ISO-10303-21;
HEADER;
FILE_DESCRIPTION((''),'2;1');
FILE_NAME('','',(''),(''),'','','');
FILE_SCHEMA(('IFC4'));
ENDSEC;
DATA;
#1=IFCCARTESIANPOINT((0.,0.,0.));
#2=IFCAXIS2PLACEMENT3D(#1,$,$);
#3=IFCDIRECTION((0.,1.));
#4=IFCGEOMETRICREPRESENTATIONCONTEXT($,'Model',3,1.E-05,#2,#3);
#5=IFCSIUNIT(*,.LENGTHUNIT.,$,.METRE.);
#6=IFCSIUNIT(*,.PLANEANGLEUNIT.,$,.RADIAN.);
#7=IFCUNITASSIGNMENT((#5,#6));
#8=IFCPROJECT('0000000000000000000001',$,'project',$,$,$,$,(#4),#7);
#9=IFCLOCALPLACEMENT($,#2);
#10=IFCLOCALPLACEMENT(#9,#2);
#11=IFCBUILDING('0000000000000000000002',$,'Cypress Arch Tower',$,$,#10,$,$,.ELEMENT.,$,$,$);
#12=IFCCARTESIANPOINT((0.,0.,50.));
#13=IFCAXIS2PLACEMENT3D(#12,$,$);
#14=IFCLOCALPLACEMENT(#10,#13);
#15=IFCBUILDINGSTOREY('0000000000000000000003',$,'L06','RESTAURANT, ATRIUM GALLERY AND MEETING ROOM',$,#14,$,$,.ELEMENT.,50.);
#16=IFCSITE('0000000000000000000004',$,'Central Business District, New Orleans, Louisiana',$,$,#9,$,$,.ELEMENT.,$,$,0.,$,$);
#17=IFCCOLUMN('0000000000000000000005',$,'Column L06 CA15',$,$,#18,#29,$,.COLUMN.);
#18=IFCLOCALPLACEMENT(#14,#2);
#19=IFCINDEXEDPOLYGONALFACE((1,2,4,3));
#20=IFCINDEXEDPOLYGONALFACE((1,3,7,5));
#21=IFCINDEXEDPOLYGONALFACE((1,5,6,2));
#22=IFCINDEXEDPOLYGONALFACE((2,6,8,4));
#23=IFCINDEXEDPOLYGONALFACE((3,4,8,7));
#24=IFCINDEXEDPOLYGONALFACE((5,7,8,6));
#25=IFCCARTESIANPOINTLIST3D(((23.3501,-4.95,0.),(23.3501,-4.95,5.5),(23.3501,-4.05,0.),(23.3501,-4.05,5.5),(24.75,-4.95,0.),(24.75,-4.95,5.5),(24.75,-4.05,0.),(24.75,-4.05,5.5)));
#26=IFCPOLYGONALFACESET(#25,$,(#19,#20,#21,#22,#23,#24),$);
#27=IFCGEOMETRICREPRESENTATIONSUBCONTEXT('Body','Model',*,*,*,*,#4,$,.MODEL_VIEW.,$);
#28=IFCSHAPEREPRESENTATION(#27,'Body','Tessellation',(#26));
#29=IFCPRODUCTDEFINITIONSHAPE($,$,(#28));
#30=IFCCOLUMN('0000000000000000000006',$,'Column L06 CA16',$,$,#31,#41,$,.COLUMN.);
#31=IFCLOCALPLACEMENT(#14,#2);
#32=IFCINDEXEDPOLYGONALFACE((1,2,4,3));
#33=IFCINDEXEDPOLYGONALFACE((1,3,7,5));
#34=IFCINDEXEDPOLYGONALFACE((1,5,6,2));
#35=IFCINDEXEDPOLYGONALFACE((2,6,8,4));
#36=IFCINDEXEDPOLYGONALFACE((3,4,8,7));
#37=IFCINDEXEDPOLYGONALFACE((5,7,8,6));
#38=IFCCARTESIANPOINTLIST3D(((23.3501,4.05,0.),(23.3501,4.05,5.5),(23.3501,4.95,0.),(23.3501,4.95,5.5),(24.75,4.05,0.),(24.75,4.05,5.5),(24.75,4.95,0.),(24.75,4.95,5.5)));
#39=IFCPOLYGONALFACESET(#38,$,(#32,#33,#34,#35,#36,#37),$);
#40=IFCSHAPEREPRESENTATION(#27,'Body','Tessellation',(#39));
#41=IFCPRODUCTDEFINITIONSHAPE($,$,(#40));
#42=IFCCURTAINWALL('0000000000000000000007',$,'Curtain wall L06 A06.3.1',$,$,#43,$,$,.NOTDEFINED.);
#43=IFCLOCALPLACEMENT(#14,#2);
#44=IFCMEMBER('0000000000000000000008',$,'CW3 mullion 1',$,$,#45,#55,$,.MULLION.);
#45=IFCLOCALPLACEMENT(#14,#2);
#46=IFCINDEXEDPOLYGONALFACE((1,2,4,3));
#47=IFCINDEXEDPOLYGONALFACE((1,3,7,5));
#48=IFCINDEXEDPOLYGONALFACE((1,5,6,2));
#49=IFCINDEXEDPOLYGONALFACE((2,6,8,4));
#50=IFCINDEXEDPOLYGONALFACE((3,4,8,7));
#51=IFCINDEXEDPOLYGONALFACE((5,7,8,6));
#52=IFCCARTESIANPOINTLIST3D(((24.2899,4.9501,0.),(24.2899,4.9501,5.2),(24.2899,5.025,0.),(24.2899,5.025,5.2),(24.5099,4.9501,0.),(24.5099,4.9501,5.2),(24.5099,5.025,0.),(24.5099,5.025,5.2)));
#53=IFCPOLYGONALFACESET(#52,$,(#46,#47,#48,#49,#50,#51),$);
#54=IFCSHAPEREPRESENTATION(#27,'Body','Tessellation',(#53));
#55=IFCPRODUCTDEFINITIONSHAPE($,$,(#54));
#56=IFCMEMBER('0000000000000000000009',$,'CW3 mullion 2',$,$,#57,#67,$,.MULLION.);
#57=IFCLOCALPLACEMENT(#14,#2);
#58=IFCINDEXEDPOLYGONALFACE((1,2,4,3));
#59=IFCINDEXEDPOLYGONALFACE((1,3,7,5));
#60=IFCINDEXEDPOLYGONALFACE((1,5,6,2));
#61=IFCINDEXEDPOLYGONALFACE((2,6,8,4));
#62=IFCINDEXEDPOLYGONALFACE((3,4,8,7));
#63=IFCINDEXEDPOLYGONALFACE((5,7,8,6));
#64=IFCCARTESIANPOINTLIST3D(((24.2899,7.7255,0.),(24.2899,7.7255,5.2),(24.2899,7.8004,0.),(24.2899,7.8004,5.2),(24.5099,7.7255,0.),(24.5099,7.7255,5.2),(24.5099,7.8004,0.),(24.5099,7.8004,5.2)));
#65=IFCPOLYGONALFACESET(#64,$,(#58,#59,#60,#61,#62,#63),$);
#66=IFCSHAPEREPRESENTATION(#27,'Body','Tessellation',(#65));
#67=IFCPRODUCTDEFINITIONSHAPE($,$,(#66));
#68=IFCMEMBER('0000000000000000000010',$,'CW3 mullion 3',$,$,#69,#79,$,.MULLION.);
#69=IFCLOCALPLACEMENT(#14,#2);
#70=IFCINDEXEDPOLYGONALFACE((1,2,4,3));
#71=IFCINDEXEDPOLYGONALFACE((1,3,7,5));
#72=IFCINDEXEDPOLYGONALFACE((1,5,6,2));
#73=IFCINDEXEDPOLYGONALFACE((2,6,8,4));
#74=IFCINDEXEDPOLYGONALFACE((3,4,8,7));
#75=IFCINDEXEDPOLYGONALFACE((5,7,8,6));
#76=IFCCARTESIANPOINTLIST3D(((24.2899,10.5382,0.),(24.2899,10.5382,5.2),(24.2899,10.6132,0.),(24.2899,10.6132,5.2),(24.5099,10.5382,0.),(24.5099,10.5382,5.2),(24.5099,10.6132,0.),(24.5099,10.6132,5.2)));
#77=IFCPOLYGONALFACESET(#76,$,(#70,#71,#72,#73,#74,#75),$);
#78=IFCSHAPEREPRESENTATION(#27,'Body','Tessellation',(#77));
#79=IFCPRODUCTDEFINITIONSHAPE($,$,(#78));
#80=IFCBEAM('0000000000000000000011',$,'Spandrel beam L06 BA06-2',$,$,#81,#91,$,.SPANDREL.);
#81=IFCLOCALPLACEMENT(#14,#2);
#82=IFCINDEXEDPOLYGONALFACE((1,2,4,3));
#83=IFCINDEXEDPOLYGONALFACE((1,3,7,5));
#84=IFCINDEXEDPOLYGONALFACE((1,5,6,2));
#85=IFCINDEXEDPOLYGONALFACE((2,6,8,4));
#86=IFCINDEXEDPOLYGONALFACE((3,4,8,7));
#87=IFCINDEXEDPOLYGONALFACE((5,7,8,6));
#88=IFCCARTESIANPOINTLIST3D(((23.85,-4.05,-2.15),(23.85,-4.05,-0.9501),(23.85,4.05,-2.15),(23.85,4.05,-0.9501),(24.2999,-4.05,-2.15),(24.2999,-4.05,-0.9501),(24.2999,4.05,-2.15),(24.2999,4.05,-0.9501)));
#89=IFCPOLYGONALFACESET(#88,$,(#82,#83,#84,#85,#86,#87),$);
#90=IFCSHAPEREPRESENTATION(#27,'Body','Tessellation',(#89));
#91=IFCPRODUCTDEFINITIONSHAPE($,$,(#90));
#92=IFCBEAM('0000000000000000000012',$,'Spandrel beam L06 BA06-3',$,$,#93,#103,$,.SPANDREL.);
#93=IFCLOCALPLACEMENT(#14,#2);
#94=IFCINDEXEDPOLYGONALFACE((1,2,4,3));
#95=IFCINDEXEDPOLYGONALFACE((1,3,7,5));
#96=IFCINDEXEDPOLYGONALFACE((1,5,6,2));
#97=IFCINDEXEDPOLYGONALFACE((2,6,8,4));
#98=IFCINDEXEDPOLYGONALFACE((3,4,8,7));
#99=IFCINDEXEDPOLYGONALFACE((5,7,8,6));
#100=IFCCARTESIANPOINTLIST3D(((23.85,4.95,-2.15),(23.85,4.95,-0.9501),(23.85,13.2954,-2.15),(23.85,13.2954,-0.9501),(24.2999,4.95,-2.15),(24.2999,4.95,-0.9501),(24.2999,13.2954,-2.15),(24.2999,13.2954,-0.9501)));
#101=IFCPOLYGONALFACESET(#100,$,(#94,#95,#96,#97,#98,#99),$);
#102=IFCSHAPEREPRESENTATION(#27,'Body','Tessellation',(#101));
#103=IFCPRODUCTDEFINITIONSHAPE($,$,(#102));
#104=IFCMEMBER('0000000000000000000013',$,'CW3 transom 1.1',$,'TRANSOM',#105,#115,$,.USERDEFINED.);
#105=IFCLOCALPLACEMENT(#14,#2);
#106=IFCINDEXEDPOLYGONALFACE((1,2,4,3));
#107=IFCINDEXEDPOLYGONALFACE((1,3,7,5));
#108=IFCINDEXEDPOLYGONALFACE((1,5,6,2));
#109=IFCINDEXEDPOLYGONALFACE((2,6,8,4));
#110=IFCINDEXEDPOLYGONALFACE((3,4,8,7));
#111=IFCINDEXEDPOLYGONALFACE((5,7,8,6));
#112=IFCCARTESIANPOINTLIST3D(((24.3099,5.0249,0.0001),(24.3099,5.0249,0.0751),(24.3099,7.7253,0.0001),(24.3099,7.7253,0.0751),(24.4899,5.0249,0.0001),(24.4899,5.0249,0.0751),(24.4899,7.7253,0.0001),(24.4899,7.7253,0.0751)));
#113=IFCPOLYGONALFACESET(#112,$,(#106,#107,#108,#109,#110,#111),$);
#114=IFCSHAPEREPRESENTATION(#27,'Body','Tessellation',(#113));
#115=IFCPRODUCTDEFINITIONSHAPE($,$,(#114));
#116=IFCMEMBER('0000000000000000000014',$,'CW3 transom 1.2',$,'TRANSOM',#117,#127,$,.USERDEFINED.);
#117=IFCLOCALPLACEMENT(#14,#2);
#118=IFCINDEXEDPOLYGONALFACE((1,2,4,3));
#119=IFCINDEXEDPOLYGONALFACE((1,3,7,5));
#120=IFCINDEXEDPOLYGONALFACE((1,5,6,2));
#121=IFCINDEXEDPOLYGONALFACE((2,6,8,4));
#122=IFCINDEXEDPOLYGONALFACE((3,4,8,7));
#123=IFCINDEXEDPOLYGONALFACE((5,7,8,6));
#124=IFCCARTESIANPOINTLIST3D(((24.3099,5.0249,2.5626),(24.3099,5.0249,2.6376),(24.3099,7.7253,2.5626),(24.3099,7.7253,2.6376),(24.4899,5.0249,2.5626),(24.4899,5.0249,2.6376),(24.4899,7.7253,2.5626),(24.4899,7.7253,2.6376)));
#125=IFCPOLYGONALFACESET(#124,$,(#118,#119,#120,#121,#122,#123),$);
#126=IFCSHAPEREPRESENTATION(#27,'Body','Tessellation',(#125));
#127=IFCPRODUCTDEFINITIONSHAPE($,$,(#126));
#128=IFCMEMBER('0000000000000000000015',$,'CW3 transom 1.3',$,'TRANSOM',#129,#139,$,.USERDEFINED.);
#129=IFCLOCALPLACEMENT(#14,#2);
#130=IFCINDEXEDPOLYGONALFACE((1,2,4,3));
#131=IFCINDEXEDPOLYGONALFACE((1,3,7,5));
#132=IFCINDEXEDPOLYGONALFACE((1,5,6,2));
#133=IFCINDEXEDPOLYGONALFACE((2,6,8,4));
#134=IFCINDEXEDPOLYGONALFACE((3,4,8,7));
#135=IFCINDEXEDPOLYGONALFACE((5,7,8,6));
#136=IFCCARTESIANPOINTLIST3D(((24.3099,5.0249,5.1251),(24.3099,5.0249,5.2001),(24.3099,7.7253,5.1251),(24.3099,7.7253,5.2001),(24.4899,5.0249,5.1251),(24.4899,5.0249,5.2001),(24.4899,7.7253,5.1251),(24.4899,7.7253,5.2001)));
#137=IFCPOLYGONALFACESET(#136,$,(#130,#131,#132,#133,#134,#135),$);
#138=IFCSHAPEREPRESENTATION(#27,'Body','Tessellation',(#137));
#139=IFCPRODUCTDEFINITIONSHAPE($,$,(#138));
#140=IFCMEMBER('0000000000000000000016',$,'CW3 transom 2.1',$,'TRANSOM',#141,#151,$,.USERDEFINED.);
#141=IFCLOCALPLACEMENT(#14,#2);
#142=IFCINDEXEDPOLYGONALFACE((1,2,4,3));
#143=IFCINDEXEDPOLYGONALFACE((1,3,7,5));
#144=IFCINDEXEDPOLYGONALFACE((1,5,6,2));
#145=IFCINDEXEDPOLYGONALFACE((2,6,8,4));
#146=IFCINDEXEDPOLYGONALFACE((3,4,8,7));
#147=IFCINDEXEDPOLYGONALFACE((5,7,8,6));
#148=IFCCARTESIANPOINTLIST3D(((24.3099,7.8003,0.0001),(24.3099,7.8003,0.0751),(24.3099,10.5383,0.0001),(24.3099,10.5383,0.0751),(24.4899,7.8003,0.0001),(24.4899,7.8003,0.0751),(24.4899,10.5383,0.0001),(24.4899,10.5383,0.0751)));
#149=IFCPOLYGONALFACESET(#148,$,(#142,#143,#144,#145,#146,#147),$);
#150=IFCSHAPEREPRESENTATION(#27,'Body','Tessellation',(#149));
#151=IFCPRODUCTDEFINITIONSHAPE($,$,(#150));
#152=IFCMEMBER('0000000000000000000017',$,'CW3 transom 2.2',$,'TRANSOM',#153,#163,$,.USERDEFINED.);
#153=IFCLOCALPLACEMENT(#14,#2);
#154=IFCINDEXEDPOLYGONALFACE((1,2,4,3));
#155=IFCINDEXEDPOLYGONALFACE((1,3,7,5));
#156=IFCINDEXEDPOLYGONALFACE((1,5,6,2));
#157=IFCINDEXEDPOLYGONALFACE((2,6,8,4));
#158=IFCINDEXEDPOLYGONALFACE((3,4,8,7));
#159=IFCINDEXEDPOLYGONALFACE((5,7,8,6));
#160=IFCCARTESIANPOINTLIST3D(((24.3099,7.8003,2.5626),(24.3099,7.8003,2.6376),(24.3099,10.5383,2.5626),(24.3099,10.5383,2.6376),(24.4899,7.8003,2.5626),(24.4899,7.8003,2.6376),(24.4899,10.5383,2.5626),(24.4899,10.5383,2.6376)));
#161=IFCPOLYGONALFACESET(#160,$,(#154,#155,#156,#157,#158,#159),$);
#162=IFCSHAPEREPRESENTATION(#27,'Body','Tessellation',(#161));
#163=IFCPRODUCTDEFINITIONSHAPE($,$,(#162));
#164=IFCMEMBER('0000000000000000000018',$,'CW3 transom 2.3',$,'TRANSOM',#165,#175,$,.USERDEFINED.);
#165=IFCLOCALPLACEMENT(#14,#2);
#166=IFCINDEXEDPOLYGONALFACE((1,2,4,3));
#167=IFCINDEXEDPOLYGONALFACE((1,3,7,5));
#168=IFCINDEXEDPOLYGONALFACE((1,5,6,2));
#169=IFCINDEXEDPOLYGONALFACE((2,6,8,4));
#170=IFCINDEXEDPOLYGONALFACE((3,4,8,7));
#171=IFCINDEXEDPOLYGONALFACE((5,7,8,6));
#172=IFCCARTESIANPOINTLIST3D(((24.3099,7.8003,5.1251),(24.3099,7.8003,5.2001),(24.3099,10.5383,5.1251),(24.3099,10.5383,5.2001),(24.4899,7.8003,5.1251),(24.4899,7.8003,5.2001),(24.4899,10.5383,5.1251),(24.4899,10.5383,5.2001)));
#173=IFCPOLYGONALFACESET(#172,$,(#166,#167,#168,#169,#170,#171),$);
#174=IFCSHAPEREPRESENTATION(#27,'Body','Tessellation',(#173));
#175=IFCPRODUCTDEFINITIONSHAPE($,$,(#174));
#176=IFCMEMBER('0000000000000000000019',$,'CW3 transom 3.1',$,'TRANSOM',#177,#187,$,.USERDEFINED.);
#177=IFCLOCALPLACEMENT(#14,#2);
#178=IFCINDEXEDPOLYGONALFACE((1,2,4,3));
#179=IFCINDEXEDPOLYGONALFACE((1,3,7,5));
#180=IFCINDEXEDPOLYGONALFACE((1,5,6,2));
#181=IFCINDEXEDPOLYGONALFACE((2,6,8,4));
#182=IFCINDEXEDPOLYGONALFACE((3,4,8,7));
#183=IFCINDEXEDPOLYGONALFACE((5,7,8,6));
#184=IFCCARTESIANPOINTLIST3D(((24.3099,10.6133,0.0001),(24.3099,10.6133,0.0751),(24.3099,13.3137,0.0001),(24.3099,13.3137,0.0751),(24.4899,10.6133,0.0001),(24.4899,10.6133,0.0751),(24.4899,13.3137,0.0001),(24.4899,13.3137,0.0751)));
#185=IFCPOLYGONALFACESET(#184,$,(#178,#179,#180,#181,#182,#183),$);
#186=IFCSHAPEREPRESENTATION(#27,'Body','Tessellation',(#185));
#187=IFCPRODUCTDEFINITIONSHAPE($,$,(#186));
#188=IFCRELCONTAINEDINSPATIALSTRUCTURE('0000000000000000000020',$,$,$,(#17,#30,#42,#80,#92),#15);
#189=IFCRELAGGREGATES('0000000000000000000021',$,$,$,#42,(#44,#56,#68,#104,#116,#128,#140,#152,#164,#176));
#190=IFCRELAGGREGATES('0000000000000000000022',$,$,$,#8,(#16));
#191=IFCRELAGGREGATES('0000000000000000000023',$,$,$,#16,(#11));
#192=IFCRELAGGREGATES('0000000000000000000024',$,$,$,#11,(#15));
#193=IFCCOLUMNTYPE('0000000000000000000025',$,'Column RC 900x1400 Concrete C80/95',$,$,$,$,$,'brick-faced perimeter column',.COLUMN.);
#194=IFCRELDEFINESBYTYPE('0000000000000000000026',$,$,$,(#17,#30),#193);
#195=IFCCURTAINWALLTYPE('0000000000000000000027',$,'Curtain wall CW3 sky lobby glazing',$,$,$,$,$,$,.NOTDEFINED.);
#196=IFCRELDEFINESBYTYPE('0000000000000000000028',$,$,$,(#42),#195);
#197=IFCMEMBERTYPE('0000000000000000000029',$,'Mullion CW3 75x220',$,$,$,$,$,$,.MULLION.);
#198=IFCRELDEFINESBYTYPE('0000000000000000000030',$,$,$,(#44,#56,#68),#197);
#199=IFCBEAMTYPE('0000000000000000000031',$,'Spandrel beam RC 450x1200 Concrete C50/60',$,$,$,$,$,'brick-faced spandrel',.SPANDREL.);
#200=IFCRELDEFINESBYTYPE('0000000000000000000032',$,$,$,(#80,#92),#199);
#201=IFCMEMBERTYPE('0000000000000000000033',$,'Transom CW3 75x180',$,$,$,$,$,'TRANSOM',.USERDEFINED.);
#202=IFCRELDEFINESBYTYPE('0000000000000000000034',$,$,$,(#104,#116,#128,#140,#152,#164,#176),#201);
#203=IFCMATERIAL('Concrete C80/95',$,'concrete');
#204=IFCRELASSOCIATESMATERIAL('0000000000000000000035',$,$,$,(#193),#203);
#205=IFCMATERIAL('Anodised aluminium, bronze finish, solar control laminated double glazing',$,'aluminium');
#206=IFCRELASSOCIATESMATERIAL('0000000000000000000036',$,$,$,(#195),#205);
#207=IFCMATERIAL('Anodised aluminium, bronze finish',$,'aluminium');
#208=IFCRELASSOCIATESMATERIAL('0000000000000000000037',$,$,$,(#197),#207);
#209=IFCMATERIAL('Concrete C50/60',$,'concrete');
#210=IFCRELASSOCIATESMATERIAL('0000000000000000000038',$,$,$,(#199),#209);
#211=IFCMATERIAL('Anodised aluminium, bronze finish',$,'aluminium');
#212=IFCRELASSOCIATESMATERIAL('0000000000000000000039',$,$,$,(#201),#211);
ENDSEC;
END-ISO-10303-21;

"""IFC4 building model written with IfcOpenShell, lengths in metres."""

from ifc_helpers import new_model, si_unit, direction, frame, origin, origin_2d, place, context, subcontext, project, spatial, rectangle, extrude, material, material_profile, profile_set, type_object, element, aggregate, save


model = new_model("IFC4")

# Units and contexts
model_context = context("Model", 3, precision=1e-05, world=origin(), true_north=direction((0.0, 1.0)))
body_context = subcontext(model_context, "Body", "Model", "MODEL_VIEW")
ifc_project = project(units=[si_unit("LENGTHUNIT", "METRE"), si_unit("PLANEANGLEUNIT", "RADIAN")], contexts=[model_context])

# Site, building, storey
site_placement = place(None, origin())
site = spatial("IfcSite", under=ifc_project, at=site_placement, Name="Central Business District, New Orleans, Louisiana", CompositionType="ELEMENT", RefElevation=0.0)
building_placement = place(site_placement, origin())
building = spatial("IfcBuilding", under=site, at=building_placement, Name="Cypress Arch Tower", CompositionType="ELEMENT")
storey_placement = place(building_placement, frame((0.0, 0.0, 50.0)))
storey = spatial("IfcBuildingStorey", under=building, at=storey_placement, Name="L06", Description="RESTAURANT, ATRIUM GALLERY AND MEETING ROOM", CompositionType="ELEMENT", Elevation=50.0)

# Columns
ifc_material_1 = material(Name="Concrete C80/95", Category="concrete")
ifc_material_profile_1 = material_profile(ifc_material_1, rectangle(XDim=0.8999, YDim=1.3999, at=origin_2d()), Name="RC 900x1400")
ifc_profile_set_1 = profile_set([ifc_material_profile_1], Name="Concrete C80/95")
column_type = type_object("IfcColumnType", Name="Column RC 900x1400 Concrete C80/95", ElementType="brick-faced perimeter column", PredefinedType="COLUMN", material=ifc_profile_set_1)
for number, where, z_axis, x_axis, name in (
    (1, (24.05, -4.5, 0.0), (0.0, 0.0, 1.0), (0.0, 1.0, 0.0), "Column L06 CA15"),
    (2, (24.05, 4.5, 0.0), (0.0, 0.0, 1.0), (0.0, 1.0, 0.0), "Column L06 CA16"),
):
    element("IfcColumn", number, at=place(storey_placement, frame(where, z_axis=z_axis, x_axis=x_axis)), inside=storey, type_object=column_type, Name=name, PredefinedType="COLUMN", context=body_context, shape_type="SweptSolid", body=[
        extrude(rectangle(XDim=0.8999, YDim=1.3999, at=origin_2d()), origin(), (0.0, 0.0, 1.0), 5.5),
    ])

# Curtain wall, members
ifc_material_2 = material(Name="Anodised aluminium, bronze finish, solar control laminated double glazing", Category="aluminium")
curtain_wall_type = type_object("IfcCurtainWallType", Name="Curtain wall CW3 sky lobby glazing", PredefinedType="NOTDEFINED", material=ifc_material_2)
curtain_wall_placement = place(storey_placement, origin())
curtain_wall = element("IfcCurtainWall", 3, at=curtain_wall_placement, inside=storey, type_object=curtain_wall_type, Name="Curtain wall L06 A06.3.1", PredefinedType="NOTDEFINED")
ifc_material_3 = material(Name="Anodised aluminium, bronze finish", Category="aluminium")
ifc_material_profile_2 = material_profile(ifc_material_3, rectangle(XDim=0.22, YDim=0.075, at=origin_2d()), Name="Mullion 75x220")
ifc_profile_set_2 = profile_set([ifc_material_profile_2], Name="Anodised aluminium, bronze finish")
member_type_1 = type_object("IfcMemberType", Name="Mullion CW3 75x220", PredefinedType="MULLION", material=ifc_profile_set_2)
member_1_placement = place(storey_placement, frame((24.3999, 4.9875, 0.0), z_axis=(0.0, 0.0, 1.0), x_axis=(-1.0, 0.0, 0.0)))
member_1 = element("IfcMember", 4, at=member_1_placement, type_object=member_type_1, Name="CW3 mullion 1", PredefinedType="MULLION", context=body_context, shape_type="SweptSolid", body=[
    extrude(rectangle(XDim=0.22, YDim=0.075, at=origin_2d()), origin(), (0.0, 0.0, 1.0), 5.2),
])
member_2_placement = place(storey_placement, frame((24.3999, 7.7629, 0.0), z_axis=(0.0, 0.0, 1.0), x_axis=(-1.0, 0.0, 0.0)))
member_2 = element("IfcMember", 5, at=member_2_placement, type_object=member_type_1, Name="CW3 mullion 2", PredefinedType="MULLION", context=body_context, shape_type="SweptSolid", body=[
    extrude(rectangle(XDim=0.22, YDim=0.075, at=origin_2d()), origin(), (0.0, 0.0, 1.0), 5.2),
])
member_3_placement = place(storey_placement, frame((24.3999, 10.5757, 0.0), z_axis=(0.0, 0.0, 1.0), x_axis=(-1.0, 0.0, 0.0)))
member_3 = element("IfcMember", 6, at=member_3_placement, type_object=member_type_1, Name="CW3 mullion 3", PredefinedType="MULLION", context=body_context, shape_type="SweptSolid", body=[
    extrude(rectangle(XDim=0.22, YDim=0.075, at=origin_2d()), origin(), (0.0, 0.0, 1.0), 5.2),
])

# Beams
ifc_material_4 = material(Name="Concrete C50/60", Category="concrete")
ifc_material_profile_3 = material_profile(ifc_material_4, rectangle(XDim=0.45, YDim=1.2, at=origin_2d()), Name="RC 450x1200")
ifc_profile_set_3 = profile_set([ifc_material_profile_3], Name="Concrete C50/60")
beam_type = type_object("IfcBeamType", Name="Spandrel beam RC 450x1200 Concrete C50/60", ElementType="brick-faced spandrel", PredefinedType="SPANDREL", material=ifc_profile_set_3)
beam_1_placement = place(storey_placement, frame((24.075, -4.05, -1.55), z_axis=(0.0, 1.0, 0.0), x_axis=(-1.0, 0.0, 0.0)))
element("IfcBeam", 7, at=beam_1_placement, inside=storey, type_object=beam_type, Name="Spandrel beam L06 BA06-2", PredefinedType="SPANDREL", context=body_context, shape_type="SweptSolid", body=[
    extrude(rectangle(XDim=0.45, YDim=1.2, at=origin_2d()), origin(), (0.0, 0.0, 1.0), 8.1001),
])
beam_2_placement = place(storey_placement, frame((24.075, 4.95, -1.55), z_axis=(0.0, 1.0, 0.0), x_axis=(-1.0, 0.0, 0.0)))
element("IfcBeam", 8, at=beam_2_placement, inside=storey, type_object=beam_type, Name="Spandrel beam L06 BA06-3", PredefinedType="SPANDREL", context=body_context, shape_type="SweptSolid", body=[
    extrude(rectangle(XDim=0.45, YDim=1.2, at=origin_2d()), origin(), (0.0, 0.0, 1.0), 8.3455),
])

# Members
ifc_material_5 = material(Name="Anodised aluminium, bronze finish", Category="aluminium")
ifc_material_profile_4 = material_profile(ifc_material_5, rectangle(XDim=0.1799, YDim=0.075, at=origin_2d()), Name="Transom 75x180")
ifc_profile_set_4 = profile_set([ifc_material_profile_4], Name="Anodised aluminium, bronze finish")
member_type_2 = type_object("IfcMemberType", Name="Transom CW3 75x180", ElementType="TRANSOM", PredefinedType="USERDEFINED", material=ifc_profile_set_4)
member_4_placement = place(storey_placement, frame((24.3999, 5.0249, 0.0376), z_axis=(0.0, 1.0, 0.0), x_axis=(-1.0, 0.0, 0.0)))
member_4 = element("IfcMember", 9, at=member_4_placement, type_object=member_type_2, Name="CW3 transom 1.1", ObjectType="TRANSOM", PredefinedType="USERDEFINED", context=body_context, shape_type="SweptSolid", body=[
    extrude(rectangle(XDim=0.1799, YDim=0.075, at=origin_2d()), origin(), (0.0, 0.0, 1.0), 2.7004),
])
member_5_placement = place(storey_placement, frame((24.3999, 5.0249, 2.6001), z_axis=(0.0, 1.0, 0.0), x_axis=(-1.0, 0.0, 0.0)))
member_5 = element("IfcMember", 10, at=member_5_placement, type_object=member_type_2, Name="CW3 transom 1.2", ObjectType="TRANSOM", PredefinedType="USERDEFINED", context=body_context, shape_type="SweptSolid", body=[
    extrude(rectangle(XDim=0.1799, YDim=0.075, at=origin_2d()), origin(), (0.0, 0.0, 1.0), 2.7004),
])
member_6_placement = place(storey_placement, frame((24.3999, 5.0249, 5.1626), z_axis=(0.0, 1.0, 0.0), x_axis=(-1.0, 0.0, 0.0)))
member_6 = element("IfcMember", 11, at=member_6_placement, type_object=member_type_2, Name="CW3 transom 1.3", ObjectType="TRANSOM", PredefinedType="USERDEFINED", context=body_context, shape_type="SweptSolid", body=[
    extrude(rectangle(XDim=0.1799, YDim=0.075, at=origin_2d()), origin(), (0.0, 0.0, 1.0), 2.7004),
])
member_7_placement = place(storey_placement, frame((24.3999, 7.8003, 0.0376), z_axis=(0.0, 1.0, 0.0), x_axis=(-1.0, 0.0, 0.0)))
member_7 = element("IfcMember", 12, at=member_7_placement, type_object=member_type_2, Name="CW3 transom 2.1", ObjectType="TRANSOM", PredefinedType="USERDEFINED", context=body_context, shape_type="SweptSolid", body=[
    extrude(rectangle(XDim=0.1799, YDim=0.075, at=origin_2d()), origin(), (0.0, 0.0, 1.0), 2.738),
])
member_8_placement = place(storey_placement, frame((24.3999, 7.8003, 2.6001), z_axis=(0.0, 1.0, 0.0), x_axis=(-1.0, 0.0, 0.0)))
member_8 = element("IfcMember", 13, at=member_8_placement, type_object=member_type_2, Name="CW3 transom 2.2", ObjectType="TRANSOM", PredefinedType="USERDEFINED", context=body_context, shape_type="SweptSolid", body=[
    extrude(rectangle(XDim=0.1799, YDim=0.075, at=origin_2d()), origin(), (0.0, 0.0, 1.0), 2.738),
])
member_9_placement = place(storey_placement, frame((24.3999, 7.8003, 5.1626), z_axis=(0.0, 1.0, 0.0), x_axis=(-1.0, 0.0, 0.0)))
member_9 = element("IfcMember", 14, at=member_9_placement, type_object=member_type_2, Name="CW3 transom 2.3", ObjectType="TRANSOM", PredefinedType="USERDEFINED", context=body_context, shape_type="SweptSolid", body=[
    extrude(rectangle(XDim=0.1799, YDim=0.075, at=origin_2d()), origin(), (0.0, 0.0, 1.0), 2.738),
])
member_10_placement = place(storey_placement, frame((24.3999, 10.6133, 0.0376), z_axis=(0.0, 1.0, 0.0), x_axis=(-1.0, 0.0, 0.0)))
member_10 = element("IfcMember", 15, at=member_10_placement, type_object=member_type_2, Name="CW3 transom 3.1", ObjectType="TRANSOM", PredefinedType="USERDEFINED", context=body_context, shape_type="SweptSolid", body=[
    extrude(rectangle(XDim=0.1799, YDim=0.075, at=origin_2d()), origin(), (0.0, 0.0, 1.0), 2.7004),
])

aggregate(curtain_wall, [member_1, member_2, member_3, member_4, member_5, member_6, member_7, member_8, member_9, member_10])

save(model, "model.ifc")
